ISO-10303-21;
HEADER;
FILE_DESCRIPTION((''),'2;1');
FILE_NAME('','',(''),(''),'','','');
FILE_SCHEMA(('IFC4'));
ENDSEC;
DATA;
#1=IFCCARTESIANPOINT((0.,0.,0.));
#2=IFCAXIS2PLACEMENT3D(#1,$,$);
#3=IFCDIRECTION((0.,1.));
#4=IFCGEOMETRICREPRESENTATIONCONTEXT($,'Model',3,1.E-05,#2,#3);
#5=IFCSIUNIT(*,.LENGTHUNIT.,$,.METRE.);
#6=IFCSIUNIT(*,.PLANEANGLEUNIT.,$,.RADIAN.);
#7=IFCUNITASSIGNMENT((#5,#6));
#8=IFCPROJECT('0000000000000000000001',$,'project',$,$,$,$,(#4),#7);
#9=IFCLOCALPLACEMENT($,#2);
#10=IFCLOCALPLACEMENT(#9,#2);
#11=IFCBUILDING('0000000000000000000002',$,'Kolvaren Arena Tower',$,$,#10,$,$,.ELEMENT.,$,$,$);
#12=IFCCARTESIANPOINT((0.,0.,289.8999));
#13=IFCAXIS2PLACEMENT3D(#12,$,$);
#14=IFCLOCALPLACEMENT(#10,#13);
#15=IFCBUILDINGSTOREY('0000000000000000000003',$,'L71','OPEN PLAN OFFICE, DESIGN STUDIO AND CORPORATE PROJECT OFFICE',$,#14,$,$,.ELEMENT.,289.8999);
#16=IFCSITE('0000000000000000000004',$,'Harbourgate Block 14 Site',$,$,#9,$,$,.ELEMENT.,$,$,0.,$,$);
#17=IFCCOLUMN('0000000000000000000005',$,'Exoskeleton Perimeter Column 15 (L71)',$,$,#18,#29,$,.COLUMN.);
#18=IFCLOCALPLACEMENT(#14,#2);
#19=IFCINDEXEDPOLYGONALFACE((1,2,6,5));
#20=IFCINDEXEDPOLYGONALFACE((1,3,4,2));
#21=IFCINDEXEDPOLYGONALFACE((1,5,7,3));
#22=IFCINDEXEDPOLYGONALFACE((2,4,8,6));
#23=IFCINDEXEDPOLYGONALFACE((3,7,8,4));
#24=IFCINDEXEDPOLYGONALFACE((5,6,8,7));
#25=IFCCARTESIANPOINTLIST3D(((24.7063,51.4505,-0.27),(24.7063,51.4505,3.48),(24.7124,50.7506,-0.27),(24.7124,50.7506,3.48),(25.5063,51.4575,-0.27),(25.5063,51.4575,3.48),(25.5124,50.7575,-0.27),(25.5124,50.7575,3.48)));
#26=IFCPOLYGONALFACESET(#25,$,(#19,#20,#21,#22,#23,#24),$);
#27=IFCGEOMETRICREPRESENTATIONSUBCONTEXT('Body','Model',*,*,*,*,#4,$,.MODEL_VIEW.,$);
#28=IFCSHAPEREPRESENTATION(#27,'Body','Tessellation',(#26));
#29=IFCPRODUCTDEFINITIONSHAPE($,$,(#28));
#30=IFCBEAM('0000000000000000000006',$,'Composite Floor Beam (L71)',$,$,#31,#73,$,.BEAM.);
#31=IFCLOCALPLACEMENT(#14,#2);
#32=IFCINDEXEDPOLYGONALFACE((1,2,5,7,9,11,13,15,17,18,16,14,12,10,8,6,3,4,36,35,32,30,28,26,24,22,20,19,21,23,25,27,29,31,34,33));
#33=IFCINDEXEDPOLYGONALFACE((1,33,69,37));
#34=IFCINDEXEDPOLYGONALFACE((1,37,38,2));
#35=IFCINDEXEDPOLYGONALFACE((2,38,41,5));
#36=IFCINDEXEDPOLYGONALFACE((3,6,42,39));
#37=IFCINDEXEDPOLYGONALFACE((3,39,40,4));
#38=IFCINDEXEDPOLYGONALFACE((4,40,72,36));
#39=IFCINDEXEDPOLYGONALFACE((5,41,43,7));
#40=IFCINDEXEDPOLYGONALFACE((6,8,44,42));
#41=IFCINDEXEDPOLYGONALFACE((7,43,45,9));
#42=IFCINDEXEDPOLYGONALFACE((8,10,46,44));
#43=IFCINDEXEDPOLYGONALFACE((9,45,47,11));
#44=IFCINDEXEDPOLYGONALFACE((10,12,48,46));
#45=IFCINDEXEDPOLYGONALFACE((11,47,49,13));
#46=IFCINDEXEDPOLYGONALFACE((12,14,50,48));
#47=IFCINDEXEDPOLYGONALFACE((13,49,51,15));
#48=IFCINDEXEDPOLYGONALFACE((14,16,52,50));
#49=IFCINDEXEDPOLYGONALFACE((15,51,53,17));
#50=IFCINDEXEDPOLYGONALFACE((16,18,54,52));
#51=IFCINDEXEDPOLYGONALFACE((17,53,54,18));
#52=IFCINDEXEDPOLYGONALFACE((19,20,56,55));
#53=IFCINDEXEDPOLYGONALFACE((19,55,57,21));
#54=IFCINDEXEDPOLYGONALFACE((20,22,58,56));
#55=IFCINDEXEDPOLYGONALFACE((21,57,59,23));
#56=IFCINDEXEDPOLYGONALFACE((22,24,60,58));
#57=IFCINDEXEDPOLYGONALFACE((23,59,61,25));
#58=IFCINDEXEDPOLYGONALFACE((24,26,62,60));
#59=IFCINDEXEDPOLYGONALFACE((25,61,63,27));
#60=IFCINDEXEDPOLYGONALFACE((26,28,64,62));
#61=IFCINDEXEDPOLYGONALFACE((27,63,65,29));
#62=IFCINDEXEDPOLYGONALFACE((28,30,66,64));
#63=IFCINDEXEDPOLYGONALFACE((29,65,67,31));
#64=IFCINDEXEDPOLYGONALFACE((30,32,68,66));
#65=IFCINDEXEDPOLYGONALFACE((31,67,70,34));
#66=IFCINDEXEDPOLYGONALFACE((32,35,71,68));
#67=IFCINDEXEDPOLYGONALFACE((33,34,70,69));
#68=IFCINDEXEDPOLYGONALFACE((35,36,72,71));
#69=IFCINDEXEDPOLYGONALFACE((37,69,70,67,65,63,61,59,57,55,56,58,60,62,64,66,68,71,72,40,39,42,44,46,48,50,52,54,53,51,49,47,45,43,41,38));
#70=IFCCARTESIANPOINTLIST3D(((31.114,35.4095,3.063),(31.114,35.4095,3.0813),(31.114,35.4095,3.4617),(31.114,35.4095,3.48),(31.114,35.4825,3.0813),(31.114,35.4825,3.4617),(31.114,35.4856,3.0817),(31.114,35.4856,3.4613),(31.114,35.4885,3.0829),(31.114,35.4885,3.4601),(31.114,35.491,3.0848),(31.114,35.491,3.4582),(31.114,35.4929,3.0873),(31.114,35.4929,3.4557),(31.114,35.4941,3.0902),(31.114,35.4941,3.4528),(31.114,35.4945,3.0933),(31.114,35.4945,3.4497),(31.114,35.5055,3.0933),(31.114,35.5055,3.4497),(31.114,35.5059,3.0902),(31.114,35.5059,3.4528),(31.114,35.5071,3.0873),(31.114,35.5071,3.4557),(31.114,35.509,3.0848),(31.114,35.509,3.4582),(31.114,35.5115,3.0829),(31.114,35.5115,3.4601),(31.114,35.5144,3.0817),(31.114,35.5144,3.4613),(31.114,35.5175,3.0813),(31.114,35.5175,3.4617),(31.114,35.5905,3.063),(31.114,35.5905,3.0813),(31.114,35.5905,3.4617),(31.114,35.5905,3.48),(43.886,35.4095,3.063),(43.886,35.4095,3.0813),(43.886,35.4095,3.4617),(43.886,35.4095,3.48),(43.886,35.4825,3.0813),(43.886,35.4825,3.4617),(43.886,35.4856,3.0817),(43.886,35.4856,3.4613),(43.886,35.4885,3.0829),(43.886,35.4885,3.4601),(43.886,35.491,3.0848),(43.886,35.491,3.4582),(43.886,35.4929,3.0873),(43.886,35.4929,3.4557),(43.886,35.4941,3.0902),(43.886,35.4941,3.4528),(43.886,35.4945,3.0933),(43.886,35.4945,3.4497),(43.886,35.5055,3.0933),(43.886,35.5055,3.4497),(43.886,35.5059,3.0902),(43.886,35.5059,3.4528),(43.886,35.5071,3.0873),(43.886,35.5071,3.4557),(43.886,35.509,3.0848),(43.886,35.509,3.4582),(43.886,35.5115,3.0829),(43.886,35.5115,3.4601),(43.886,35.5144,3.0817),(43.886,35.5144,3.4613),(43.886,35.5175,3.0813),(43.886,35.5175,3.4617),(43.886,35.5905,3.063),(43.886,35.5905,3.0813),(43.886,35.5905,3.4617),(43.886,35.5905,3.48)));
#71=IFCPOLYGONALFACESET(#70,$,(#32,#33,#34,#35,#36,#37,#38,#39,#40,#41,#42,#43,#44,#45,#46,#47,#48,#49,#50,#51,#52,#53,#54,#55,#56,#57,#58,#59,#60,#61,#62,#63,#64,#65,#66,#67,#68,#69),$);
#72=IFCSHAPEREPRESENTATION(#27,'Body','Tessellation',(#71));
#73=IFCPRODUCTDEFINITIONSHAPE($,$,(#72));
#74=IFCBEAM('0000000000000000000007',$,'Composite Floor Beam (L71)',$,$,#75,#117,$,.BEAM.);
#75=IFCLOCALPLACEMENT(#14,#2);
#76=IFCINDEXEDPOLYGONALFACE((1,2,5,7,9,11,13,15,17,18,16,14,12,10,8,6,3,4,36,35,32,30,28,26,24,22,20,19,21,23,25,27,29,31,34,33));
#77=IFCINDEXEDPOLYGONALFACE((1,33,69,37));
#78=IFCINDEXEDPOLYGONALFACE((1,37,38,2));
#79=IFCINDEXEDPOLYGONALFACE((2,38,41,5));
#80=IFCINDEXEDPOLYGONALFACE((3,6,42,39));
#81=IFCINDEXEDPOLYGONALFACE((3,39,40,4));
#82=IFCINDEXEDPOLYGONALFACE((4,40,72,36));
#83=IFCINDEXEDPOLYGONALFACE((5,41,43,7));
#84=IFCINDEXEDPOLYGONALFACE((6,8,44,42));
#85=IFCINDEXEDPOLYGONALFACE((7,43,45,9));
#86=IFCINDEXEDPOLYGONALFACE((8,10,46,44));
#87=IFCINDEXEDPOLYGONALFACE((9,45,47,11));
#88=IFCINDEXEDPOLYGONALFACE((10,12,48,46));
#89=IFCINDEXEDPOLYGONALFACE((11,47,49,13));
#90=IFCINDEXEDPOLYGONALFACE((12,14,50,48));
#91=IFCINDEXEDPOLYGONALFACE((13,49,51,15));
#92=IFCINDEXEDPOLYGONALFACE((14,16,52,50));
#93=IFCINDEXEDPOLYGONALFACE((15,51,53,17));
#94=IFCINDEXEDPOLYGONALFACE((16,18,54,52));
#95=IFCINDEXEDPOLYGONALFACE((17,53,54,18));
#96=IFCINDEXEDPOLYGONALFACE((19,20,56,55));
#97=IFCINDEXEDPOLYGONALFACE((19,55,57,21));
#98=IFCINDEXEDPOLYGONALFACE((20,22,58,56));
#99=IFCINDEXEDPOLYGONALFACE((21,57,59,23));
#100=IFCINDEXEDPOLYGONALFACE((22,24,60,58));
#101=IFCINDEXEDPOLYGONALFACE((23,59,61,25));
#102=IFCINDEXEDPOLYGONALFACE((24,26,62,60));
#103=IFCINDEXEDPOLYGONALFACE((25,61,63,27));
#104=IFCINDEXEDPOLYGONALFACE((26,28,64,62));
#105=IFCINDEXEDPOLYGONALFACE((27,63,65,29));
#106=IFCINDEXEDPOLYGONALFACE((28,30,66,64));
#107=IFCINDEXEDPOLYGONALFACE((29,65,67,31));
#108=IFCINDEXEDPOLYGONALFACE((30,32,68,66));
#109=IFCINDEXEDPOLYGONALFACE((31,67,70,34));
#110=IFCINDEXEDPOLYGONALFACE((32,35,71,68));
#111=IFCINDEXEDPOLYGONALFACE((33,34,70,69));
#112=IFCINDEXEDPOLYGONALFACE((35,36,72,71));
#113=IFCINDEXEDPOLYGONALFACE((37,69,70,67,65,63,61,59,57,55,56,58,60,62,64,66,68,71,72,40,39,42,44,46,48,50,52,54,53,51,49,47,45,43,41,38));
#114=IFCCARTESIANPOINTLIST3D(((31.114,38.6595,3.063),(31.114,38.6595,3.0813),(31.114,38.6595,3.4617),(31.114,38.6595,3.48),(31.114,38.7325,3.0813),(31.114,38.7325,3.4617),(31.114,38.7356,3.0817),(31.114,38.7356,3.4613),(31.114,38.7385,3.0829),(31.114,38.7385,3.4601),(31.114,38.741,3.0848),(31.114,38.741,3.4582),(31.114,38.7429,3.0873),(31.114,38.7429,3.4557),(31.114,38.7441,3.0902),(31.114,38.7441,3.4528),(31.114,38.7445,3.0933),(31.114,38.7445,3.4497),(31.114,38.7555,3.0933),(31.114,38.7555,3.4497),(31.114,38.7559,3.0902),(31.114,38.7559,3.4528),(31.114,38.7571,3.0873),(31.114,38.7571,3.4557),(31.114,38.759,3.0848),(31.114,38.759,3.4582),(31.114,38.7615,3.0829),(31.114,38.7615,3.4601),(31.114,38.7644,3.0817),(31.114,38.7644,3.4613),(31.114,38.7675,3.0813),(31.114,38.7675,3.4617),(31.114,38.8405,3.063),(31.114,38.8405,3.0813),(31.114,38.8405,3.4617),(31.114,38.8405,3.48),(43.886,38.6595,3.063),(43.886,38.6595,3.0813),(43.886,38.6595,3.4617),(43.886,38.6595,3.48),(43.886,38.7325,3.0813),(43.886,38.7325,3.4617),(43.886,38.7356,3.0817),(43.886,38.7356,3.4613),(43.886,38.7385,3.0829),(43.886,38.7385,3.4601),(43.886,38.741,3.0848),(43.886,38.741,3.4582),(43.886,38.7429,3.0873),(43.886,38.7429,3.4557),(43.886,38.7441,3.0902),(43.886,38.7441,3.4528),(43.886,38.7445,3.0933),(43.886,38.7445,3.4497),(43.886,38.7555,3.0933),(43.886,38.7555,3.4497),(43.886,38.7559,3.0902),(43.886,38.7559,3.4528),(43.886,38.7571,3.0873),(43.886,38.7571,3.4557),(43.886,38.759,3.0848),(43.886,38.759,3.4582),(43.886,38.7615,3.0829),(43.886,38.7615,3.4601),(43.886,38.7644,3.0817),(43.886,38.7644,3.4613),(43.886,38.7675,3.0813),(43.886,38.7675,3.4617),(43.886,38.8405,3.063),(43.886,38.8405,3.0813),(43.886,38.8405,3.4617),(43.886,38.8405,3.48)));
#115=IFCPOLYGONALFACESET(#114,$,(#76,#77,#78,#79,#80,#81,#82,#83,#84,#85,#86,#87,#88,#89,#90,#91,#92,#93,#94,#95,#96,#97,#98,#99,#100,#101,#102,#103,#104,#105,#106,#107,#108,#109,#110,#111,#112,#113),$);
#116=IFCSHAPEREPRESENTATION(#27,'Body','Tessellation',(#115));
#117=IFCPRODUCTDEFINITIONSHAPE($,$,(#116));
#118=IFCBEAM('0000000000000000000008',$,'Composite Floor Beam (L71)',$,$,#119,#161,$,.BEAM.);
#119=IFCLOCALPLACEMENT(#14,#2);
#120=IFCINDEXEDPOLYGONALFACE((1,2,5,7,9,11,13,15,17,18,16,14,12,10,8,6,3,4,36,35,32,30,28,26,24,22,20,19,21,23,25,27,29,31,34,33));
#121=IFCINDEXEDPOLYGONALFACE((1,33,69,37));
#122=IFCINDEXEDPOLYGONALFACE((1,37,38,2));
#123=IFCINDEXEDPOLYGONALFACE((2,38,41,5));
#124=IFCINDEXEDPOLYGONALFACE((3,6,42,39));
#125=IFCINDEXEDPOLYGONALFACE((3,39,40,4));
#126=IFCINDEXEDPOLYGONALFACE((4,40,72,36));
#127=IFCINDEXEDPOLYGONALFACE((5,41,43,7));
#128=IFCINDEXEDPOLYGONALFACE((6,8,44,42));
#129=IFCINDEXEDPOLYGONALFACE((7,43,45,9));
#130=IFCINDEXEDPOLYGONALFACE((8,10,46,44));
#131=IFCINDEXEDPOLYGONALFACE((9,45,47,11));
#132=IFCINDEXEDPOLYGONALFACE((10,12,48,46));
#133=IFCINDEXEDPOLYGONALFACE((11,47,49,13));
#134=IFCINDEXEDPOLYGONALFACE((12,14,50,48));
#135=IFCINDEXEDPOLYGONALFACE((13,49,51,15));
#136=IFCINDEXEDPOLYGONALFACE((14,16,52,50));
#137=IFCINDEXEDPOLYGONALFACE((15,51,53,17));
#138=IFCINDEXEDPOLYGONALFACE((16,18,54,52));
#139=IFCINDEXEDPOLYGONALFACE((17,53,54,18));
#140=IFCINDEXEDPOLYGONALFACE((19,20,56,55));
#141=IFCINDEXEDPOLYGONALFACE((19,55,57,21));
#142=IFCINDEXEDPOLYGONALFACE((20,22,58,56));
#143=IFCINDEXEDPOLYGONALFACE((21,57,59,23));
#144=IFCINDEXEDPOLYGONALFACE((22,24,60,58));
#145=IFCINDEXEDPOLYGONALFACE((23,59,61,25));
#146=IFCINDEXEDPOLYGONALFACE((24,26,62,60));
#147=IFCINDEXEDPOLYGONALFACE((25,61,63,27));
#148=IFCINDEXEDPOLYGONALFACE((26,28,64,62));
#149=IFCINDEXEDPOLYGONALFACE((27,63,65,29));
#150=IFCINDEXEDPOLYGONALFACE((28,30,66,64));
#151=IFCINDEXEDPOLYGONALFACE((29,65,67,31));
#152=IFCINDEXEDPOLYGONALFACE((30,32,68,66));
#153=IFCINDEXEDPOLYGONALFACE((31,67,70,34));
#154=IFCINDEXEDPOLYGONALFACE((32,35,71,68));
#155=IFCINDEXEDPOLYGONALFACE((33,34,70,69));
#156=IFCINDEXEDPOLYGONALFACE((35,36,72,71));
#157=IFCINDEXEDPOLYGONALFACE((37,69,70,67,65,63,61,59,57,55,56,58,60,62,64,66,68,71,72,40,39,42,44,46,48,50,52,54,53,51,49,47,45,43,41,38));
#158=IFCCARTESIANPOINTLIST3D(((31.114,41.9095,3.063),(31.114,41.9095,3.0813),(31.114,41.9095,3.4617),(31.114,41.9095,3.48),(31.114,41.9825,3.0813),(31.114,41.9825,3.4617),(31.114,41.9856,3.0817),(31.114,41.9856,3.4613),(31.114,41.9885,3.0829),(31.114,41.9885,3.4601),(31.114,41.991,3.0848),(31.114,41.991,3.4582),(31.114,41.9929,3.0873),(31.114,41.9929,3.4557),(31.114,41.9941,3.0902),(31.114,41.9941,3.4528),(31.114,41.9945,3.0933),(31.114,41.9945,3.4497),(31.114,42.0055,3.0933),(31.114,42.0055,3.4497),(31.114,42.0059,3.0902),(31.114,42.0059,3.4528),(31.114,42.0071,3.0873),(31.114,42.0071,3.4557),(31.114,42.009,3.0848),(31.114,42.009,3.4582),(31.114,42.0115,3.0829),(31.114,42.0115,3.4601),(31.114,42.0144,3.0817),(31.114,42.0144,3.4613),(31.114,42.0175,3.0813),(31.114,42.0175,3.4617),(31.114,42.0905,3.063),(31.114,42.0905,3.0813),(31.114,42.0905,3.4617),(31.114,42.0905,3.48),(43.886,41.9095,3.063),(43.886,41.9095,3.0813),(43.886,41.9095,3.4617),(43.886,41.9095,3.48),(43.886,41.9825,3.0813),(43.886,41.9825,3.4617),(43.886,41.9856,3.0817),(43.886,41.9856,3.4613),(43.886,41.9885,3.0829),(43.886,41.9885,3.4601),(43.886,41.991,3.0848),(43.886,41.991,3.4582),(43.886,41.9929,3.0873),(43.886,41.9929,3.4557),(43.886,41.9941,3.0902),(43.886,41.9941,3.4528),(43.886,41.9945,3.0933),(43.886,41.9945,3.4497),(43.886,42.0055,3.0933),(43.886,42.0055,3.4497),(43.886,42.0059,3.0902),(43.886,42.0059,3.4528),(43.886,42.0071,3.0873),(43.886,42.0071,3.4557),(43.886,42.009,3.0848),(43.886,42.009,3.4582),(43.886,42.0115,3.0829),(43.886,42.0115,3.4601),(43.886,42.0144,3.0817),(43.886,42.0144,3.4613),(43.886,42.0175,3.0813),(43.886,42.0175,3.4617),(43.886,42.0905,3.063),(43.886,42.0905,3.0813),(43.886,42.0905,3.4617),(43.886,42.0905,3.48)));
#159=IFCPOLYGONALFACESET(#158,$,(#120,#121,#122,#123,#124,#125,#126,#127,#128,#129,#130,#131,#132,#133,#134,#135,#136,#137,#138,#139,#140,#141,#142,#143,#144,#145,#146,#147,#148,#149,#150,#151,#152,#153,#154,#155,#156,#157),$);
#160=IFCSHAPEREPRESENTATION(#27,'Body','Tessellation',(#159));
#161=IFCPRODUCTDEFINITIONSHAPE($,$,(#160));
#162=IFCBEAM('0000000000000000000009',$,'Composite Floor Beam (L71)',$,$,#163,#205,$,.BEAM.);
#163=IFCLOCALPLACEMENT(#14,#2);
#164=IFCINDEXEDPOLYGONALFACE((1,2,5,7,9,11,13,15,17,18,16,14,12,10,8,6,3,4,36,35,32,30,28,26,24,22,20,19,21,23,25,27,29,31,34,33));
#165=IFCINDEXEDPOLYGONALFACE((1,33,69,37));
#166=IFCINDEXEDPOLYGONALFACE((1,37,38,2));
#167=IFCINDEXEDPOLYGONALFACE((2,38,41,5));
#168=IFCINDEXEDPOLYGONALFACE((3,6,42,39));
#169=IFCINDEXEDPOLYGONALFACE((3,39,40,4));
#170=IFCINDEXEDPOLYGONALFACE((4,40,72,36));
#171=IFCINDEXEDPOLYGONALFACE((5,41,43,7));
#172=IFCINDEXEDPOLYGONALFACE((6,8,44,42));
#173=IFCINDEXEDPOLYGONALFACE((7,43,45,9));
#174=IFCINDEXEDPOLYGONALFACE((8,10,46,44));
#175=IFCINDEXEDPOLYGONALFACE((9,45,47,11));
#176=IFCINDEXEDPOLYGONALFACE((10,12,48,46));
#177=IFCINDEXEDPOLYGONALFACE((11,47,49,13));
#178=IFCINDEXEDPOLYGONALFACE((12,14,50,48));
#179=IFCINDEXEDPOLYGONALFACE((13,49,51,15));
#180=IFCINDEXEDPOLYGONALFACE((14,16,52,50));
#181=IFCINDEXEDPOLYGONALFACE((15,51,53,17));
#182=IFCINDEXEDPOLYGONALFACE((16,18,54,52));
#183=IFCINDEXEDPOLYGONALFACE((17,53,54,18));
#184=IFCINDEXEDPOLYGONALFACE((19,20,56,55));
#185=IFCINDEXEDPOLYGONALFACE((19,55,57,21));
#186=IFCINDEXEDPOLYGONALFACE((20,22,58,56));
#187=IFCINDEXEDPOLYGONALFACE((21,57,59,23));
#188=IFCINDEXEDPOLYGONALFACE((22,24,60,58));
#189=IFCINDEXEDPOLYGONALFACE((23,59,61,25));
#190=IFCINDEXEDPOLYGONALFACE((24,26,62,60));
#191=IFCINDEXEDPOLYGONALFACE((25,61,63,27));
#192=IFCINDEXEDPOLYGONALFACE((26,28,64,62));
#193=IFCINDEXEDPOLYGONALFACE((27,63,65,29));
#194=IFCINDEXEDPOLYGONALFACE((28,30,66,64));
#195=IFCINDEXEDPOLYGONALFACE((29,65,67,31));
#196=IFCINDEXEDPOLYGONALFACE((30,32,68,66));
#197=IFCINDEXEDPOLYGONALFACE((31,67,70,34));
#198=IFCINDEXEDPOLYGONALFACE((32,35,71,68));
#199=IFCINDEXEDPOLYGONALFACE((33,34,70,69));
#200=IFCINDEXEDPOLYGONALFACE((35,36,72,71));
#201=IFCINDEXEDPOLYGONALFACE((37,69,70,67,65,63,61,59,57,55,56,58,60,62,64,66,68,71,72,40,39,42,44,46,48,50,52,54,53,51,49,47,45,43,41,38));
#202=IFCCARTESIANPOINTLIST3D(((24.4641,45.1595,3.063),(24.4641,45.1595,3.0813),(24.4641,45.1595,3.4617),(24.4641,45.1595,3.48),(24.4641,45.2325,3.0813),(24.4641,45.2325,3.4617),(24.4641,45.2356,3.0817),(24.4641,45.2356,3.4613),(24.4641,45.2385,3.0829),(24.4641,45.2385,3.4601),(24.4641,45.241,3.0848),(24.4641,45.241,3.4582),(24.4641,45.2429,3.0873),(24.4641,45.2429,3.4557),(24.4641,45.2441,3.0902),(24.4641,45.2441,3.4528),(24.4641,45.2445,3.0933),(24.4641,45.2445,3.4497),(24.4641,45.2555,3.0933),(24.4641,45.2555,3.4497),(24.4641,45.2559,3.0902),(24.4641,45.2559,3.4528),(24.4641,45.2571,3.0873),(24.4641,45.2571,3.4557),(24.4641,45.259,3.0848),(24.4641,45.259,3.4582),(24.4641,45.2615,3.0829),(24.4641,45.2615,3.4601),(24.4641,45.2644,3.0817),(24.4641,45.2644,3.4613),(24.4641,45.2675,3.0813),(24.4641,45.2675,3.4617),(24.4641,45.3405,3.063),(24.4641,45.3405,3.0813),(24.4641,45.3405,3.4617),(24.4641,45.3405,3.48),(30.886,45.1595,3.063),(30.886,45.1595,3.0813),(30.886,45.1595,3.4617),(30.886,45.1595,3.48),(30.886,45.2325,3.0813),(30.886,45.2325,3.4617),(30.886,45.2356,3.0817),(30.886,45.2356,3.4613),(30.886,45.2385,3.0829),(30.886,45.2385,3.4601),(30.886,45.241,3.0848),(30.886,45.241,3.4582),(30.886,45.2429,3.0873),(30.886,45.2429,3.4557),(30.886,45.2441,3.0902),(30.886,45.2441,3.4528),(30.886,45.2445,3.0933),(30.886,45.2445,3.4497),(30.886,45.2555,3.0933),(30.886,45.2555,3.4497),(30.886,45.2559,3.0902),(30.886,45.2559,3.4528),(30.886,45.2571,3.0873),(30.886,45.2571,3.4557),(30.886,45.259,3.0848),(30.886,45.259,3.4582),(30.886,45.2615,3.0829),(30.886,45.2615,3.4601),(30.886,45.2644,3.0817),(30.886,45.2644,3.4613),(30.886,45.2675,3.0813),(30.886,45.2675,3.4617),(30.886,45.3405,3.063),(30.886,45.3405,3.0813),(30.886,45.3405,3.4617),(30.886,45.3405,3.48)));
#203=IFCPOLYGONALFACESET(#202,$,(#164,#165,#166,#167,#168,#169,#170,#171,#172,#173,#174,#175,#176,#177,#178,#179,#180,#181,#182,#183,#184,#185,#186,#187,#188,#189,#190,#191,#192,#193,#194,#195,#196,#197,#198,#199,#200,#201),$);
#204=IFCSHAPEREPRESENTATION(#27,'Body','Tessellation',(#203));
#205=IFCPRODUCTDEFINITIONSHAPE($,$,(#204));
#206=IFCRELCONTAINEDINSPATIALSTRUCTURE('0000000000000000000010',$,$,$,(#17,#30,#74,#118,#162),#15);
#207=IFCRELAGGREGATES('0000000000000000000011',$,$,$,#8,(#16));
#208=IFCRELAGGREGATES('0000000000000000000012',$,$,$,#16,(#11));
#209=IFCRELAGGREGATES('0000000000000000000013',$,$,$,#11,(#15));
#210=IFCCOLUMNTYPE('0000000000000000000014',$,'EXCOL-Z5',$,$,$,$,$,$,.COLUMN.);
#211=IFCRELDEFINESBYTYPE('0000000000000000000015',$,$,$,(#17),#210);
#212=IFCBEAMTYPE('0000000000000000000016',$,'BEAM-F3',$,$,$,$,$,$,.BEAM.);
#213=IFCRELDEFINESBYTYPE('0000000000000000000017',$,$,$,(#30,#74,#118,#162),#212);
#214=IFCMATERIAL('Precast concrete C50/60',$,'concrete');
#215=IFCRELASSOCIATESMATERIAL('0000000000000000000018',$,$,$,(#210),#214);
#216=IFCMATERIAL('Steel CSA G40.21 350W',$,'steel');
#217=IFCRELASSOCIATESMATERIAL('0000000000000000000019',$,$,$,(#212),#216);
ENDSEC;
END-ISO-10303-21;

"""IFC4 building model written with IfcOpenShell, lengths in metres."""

from ifc_helpers import new_model, si_unit, direction, frame, origin, origin_2d, place, context, subcontext, project, spatial, rectangle, i_section, extrude, material, material_profile, profile_set, type_object, element, save


model = new_model("IFC4")

# Units and contexts
model_context = context("Model", 3, precision=1e-05, world=origin(), true_north=direction((0.0, 1.0)))
body_context = subcontext(model_context, "Body", "Model", "MODEL_VIEW")
ifc_project = project(units=[si_unit("LENGTHUNIT", "METRE"), si_unit("PLANEANGLEUNIT", "RADIAN")], contexts=[model_context])

# Site, building, storey
site_placement = place(None, origin())
site = spatial("IfcSite", under=ifc_project, at=site_placement, Name="Harbourgate Block 14 Site", CompositionType="ELEMENT", RefElevation=0.0)
building_placement = place(site_placement, origin())
building = spatial("IfcBuilding", under=site, at=building_placement, Name="Kolvaren Arena Tower", CompositionType="ELEMENT")
storey_placement = place(building_placement, frame((0.0, 0.0, 289.8999)))
storey = spatial("IfcBuildingStorey", under=building, at=storey_placement, Name="L71", Description="OPEN PLAN OFFICE, DESIGN STUDIO AND CORPORATE PROJECT OFFICE", CompositionType="ELEMENT", Elevation=289.8999)

# Column
ifc_material_1 = material(Name="Precast concrete C50/60", Category="concrete")
ifc_material_profile_1 = material_profile(ifc_material_1, rectangle(XDim=0.8, YDim=0.7, at=origin_2d()), Name="RC-800x700")
ifc_profile_set_1 = profile_set([ifc_material_profile_1], Name="Precast concrete C50/60")
column_type = type_object("IfcColumnType", Name="EXCOL-Z5", PredefinedType="COLUMN", material=ifc_profile_set_1)
column_placement = place(storey_placement, frame((25.1094, 51.104, -0.27), z_axis=(0.0, 0.0, 1.0), x_axis=(0.999962, 0.008727, 0.0)))
element("IfcColumn", 1, at=column_placement, inside=storey, type_object=column_type, Name="Exoskeleton Perimeter Column 15 (L71)", PredefinedType="COLUMN", context=body_context, shape_type="SweptSolid", body=[
    extrude(rectangle(XDim=0.8, YDim=0.7, at=origin_2d()), origin(), (0.0, 0.0, 1.0), 3.75),
])

# Beams
ifc_material_2 = material(Name="Steel CSA G40.21 350W", Category="steel")
ifc_material_profile_2 = material_profile(ifc_material_2, i_section(OverallWidth=0.1809, OverallDepth=0.417, WebThickness=0.011, FlangeThickness=0.0183, FilletRadius=0.012, at=origin_2d()), Name="W410x85")
ifc_profile_set_2 = profile_set([ifc_material_profile_2], Name="Steel CSA G40.21 350W")
beam_type_1 = type_object("IfcBeamType", Name="BEAM-F3", PredefinedType="BEAM", material=ifc_profile_set_2)
for number, where, z_axis, x_axis, name in (
    (2, (31.114, 35.5, 3.2715), (1.0, 0.0, 0.0), (0.0, 1.0, 0.0), "Composite Floor Beam (L71)"),
    (3, (31.114, 38.75, 3.2715), (1.0, 0.0, 0.0), (0.0, 1.0, 0.0), "Composite Floor Beam (L71)"),
    (4, (31.114, 42.0, 3.2715), (1.0, 0.0, 0.0), (0.0, 1.0, 0.0), "Composite Floor Beam (L71)"),
):
    element("IfcBeam", number, at=place(storey_placement, frame(where, z_axis=z_axis, x_axis=x_axis)), inside=storey, type_object=beam_type_1, Name=name, PredefinedType="BEAM", context=body_context, shape_type="SweptSolid", body=[
        extrude(i_section(OverallWidth=0.1809, OverallDepth=0.417, WebThickness=0.011, FlangeThickness=0.0183, FilletRadius=0.012, at=origin_2d()), origin(), (0.0, 0.0, 1.0), 12.772),
    ])
beam_1_placement = place(storey_placement, frame((24.4641, 45.25, 3.2715), z_axis=(1.0, 0.0, 0.0), x_axis=(0.0, 1.0, 0.0)))
element("IfcBeam", 5, at=beam_1_placement, inside=storey, type_object=beam_type_1, Name="Composite Floor Beam (L71)", PredefinedType="BEAM", context=body_context, shape_type="SweptSolid", body=[
    extrude(i_section(OverallWidth=0.1809, OverallDepth=0.417, WebThickness=0.011, FlangeThickness=0.0183, FilletRadius=0.012, at=origin_2d()), origin(), (0.0, 0.0, 1.0), 6.4219),
])

save(model, "model.ifc")
